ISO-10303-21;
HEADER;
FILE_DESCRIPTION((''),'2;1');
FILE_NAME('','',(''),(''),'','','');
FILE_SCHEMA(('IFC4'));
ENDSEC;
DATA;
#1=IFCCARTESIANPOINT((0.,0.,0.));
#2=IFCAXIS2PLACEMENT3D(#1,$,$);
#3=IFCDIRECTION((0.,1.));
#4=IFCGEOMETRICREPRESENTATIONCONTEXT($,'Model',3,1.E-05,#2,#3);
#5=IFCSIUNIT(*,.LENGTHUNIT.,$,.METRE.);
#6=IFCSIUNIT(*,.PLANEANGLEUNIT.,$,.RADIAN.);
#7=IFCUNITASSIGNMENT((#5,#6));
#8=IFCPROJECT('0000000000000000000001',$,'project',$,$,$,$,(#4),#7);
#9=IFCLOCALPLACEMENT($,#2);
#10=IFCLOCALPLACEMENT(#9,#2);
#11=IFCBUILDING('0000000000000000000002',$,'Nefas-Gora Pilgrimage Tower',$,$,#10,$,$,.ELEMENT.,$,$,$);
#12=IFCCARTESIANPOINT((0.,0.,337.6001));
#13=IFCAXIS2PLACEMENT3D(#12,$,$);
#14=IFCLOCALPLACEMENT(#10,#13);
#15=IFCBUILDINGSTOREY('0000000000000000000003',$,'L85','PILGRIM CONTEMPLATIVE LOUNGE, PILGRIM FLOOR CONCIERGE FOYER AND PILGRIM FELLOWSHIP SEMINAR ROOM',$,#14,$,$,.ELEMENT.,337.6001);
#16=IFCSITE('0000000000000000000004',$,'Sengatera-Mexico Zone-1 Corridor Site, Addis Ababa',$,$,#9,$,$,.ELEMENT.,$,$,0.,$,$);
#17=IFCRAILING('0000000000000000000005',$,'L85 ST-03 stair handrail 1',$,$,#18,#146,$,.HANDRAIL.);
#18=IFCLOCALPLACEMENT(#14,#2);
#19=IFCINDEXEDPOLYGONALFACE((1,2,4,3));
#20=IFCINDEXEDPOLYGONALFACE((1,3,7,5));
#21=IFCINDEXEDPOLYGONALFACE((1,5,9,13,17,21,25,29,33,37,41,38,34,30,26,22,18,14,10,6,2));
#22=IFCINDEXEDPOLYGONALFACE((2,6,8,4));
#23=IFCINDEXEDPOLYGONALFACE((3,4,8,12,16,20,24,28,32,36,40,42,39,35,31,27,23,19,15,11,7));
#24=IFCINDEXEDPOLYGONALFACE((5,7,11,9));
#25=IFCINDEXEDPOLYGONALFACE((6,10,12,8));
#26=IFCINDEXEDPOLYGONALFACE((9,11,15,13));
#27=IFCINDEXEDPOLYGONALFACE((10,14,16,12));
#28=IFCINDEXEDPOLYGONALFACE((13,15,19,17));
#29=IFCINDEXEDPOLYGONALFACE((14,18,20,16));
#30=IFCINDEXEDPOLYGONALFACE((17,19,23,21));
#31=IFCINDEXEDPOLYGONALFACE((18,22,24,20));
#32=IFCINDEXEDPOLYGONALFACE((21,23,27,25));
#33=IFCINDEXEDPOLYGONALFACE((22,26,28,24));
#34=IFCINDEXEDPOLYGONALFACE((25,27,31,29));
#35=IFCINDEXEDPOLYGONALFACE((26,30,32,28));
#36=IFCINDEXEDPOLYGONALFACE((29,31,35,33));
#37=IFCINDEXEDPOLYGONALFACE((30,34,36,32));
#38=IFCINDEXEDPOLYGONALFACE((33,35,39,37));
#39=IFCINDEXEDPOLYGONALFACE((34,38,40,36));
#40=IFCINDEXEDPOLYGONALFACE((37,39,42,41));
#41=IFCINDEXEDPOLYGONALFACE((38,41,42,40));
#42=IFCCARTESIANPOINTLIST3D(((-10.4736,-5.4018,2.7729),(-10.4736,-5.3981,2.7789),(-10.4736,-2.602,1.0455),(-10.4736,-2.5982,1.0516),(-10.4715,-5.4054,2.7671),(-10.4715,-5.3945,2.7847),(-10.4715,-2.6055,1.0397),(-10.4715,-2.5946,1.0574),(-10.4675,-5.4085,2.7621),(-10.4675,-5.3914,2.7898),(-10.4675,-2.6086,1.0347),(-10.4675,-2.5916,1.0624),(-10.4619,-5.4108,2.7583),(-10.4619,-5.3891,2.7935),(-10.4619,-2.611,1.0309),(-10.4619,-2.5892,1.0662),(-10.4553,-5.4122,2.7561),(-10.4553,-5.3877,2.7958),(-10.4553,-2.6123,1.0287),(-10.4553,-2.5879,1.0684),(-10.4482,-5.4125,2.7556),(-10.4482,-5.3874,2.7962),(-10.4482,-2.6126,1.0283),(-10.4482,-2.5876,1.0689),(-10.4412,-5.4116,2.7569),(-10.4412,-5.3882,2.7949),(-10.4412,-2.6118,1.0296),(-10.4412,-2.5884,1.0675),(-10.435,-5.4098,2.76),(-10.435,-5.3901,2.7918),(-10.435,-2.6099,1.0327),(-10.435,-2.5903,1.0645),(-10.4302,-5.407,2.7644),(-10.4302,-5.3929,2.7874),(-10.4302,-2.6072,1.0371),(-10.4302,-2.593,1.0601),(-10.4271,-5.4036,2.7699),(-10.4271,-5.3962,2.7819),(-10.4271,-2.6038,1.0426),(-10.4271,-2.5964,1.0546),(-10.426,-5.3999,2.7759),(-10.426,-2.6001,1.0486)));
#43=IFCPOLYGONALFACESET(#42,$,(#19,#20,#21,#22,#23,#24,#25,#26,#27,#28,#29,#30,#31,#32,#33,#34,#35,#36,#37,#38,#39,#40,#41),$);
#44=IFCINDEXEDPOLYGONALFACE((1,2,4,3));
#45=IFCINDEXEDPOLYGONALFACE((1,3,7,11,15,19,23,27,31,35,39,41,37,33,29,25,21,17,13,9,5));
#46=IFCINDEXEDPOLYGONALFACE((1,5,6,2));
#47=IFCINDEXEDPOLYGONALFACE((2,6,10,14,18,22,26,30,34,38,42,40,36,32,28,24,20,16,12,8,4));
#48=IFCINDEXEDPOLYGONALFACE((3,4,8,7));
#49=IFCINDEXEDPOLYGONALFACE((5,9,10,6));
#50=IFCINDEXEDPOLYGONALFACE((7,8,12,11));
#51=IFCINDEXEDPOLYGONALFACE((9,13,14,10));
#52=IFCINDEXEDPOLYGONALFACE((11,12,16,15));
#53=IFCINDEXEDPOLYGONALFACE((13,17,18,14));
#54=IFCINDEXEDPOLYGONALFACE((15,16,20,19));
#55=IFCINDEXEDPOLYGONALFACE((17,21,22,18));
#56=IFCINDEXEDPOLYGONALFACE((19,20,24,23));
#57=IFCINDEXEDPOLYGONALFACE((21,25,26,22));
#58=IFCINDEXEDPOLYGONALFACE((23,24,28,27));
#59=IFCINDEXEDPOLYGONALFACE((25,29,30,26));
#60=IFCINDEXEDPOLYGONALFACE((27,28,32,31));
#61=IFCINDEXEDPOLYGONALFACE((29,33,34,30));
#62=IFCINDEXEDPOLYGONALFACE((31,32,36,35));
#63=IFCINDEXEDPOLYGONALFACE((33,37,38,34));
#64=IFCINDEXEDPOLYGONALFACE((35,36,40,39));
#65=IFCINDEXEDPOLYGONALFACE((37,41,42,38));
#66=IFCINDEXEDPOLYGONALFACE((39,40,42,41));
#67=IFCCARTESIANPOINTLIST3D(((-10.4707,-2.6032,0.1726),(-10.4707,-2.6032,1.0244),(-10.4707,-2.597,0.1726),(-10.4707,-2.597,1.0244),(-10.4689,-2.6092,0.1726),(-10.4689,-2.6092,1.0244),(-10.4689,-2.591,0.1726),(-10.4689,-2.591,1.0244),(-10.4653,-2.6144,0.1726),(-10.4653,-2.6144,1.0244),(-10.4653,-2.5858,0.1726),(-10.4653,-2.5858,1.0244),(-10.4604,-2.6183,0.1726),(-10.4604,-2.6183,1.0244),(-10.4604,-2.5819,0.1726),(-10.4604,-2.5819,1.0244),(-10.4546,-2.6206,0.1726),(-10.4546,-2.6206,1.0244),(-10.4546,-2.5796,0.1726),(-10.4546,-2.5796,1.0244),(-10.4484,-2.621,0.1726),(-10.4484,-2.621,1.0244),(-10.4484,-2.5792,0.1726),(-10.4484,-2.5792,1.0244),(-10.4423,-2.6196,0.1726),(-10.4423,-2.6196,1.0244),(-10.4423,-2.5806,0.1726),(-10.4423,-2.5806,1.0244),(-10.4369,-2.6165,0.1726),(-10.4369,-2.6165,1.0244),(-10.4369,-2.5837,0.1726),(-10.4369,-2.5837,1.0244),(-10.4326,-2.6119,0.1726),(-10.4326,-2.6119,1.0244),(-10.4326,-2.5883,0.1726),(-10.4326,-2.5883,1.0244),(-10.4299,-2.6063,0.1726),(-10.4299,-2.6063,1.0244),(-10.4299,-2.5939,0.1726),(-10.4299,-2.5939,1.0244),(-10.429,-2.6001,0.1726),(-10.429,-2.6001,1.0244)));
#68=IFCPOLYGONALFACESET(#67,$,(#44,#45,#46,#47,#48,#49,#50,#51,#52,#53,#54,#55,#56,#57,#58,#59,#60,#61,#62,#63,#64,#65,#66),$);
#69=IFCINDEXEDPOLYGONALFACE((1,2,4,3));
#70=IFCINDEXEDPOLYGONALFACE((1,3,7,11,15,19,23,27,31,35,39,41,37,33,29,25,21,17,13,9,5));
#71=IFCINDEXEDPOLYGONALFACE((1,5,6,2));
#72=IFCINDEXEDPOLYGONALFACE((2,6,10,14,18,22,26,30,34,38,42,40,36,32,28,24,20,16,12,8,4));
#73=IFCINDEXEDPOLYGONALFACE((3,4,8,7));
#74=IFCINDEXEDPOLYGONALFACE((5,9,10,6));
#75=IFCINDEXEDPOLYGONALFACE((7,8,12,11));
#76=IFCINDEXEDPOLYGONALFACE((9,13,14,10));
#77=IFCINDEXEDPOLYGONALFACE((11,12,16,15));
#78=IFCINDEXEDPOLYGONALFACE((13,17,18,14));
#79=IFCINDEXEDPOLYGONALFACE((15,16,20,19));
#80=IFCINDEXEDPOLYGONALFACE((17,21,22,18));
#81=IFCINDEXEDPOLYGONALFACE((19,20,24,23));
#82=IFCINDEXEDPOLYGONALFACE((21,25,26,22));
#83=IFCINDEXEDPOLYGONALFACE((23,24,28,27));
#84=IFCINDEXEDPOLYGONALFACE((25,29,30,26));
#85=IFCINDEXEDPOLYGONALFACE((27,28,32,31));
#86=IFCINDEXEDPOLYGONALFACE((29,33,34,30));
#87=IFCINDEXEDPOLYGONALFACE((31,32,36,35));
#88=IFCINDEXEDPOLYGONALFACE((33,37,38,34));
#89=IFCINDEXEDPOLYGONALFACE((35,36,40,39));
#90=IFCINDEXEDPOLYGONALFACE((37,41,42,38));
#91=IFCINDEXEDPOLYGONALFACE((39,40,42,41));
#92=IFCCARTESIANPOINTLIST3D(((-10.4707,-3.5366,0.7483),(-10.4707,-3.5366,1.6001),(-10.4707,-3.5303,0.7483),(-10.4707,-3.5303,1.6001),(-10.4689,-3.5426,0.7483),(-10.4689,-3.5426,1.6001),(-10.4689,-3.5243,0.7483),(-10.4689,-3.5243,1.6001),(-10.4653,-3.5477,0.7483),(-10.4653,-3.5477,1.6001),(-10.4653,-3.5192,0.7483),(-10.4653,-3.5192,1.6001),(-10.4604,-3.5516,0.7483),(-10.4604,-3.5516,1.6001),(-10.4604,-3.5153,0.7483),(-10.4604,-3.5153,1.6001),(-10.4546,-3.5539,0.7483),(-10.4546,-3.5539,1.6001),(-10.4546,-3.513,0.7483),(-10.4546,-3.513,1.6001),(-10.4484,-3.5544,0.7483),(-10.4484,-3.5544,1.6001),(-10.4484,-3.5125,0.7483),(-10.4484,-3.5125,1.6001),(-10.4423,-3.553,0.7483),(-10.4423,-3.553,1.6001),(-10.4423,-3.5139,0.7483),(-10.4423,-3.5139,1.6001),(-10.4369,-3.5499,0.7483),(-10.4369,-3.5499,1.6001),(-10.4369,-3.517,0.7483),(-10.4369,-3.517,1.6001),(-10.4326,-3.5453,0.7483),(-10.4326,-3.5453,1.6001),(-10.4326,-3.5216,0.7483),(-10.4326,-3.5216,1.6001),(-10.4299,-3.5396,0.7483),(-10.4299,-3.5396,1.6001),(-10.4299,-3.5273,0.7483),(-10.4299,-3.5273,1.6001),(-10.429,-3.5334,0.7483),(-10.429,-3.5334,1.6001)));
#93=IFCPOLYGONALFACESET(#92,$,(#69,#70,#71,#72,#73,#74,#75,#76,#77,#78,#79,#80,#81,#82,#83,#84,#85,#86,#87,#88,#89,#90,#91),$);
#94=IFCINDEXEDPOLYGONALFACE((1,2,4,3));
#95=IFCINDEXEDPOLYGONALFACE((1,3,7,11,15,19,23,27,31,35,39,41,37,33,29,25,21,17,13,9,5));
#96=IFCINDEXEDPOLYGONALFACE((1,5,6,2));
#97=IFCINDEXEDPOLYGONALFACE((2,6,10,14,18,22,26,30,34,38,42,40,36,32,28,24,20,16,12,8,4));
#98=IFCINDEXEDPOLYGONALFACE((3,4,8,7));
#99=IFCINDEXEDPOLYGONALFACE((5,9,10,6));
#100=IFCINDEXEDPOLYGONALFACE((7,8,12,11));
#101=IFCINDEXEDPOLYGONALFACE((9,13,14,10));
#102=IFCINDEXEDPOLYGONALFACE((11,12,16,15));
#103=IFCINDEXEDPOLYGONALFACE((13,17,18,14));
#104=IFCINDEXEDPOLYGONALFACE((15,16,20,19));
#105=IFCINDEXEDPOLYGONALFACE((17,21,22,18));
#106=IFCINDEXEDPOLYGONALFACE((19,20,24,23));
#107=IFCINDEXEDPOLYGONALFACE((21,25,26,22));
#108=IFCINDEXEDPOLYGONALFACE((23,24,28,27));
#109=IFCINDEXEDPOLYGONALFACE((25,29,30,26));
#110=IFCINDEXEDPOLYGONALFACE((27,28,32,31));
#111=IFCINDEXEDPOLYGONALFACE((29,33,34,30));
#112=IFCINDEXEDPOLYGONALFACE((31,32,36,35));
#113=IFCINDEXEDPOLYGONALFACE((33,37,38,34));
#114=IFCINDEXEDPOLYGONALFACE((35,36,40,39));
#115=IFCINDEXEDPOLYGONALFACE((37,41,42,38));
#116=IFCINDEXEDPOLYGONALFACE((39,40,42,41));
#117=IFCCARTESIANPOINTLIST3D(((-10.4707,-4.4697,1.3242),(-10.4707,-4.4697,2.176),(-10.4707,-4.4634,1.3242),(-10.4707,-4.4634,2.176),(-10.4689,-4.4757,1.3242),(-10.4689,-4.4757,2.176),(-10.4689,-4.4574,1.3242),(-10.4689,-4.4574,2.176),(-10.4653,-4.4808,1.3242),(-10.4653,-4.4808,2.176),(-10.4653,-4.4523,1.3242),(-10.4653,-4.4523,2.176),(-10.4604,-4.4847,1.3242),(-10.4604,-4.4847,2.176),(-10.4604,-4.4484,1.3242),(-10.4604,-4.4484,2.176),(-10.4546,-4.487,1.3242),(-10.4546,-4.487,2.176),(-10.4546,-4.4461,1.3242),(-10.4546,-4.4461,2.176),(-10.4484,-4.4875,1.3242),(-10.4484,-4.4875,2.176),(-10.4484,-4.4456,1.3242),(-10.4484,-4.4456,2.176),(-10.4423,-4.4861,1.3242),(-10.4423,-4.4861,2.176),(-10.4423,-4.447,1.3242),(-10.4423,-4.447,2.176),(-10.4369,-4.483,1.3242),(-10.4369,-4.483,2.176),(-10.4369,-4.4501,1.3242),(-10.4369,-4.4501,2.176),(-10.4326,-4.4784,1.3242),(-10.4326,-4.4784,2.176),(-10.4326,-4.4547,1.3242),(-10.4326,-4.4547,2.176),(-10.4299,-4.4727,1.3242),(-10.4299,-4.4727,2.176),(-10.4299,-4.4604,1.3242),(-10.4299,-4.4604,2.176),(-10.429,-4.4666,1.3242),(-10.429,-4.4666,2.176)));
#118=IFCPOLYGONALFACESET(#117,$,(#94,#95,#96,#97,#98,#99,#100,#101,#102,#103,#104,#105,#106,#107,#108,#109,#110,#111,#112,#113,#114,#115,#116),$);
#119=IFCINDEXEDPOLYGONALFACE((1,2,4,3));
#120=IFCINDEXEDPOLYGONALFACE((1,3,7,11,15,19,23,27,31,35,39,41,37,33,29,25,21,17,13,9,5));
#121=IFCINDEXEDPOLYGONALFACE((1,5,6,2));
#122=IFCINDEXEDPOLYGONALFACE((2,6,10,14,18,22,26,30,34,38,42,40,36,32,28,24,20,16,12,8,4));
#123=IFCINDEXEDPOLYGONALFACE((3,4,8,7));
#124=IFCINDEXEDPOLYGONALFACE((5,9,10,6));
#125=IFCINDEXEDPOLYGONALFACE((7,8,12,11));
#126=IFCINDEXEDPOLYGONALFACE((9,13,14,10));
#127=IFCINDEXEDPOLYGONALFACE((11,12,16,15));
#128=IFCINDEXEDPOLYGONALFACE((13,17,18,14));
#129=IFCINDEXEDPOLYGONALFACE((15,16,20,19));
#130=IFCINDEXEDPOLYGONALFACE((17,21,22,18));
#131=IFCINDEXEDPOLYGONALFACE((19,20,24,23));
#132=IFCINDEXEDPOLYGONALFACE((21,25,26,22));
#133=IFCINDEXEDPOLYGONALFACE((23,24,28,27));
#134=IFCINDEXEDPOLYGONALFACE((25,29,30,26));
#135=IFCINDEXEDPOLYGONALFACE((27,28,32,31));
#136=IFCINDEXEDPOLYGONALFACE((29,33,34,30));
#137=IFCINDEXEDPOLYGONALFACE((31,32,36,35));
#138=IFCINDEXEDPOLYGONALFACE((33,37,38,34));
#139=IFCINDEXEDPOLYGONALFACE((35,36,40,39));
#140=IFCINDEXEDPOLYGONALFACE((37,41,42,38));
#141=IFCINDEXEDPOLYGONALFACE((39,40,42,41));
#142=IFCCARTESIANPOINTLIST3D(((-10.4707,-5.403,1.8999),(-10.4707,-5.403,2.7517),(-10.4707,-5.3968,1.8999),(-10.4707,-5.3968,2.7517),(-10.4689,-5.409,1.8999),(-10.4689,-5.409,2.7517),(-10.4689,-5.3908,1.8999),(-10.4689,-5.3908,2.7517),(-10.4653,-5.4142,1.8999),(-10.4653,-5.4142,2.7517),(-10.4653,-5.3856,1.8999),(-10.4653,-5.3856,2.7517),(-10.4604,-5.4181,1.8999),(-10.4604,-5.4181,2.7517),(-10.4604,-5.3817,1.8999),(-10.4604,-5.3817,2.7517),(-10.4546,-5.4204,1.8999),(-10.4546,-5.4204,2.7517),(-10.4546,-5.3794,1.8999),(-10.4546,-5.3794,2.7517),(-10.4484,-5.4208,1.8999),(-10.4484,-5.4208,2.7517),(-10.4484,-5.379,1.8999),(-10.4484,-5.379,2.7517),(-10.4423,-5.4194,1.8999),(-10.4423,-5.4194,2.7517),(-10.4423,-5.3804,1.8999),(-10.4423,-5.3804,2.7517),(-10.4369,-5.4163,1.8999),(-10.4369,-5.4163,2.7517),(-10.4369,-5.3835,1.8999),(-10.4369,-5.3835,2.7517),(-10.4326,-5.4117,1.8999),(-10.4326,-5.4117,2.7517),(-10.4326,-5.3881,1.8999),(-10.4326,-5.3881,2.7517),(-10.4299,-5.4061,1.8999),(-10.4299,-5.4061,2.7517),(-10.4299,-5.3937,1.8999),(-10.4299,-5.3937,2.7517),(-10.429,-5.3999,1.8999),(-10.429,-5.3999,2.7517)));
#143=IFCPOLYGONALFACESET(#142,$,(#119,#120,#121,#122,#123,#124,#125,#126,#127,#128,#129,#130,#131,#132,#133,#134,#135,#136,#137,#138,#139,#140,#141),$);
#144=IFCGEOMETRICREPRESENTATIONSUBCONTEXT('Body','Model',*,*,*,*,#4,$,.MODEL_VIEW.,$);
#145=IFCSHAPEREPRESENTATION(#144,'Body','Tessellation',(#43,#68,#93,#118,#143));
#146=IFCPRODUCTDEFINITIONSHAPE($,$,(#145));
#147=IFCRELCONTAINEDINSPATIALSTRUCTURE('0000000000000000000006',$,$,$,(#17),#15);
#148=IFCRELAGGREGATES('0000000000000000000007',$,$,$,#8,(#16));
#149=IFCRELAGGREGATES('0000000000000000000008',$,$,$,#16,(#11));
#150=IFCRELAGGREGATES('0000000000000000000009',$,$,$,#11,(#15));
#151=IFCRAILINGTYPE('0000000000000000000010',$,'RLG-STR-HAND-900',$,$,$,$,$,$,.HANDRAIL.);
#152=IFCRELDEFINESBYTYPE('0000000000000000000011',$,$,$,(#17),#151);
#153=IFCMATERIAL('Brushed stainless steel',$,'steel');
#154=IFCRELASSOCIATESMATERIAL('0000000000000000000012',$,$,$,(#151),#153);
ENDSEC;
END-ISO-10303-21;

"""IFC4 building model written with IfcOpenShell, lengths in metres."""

from ifc_helpers import new_model, si_unit, direction, frame, origin, origin_2d, place, context, subcontext, project, spatial, circle, extrude, material, type_object, element, save


model = new_model("IFC4")

# Units and contexts
model_context = context("Model", 3, precision=1e-05, world=origin(), true_north=direction((0.0, 1.0)))
body_context = subcontext(model_context, "Body", "Model", "MODEL_VIEW")
ifc_project = project(units=[si_unit("LENGTHUNIT", "METRE"), si_unit("PLANEANGLEUNIT", "RADIAN")], contexts=[model_context])

# Site, building, storey
site_placement = place(None, origin())
site = spatial("IfcSite", under=ifc_project, at=site_placement, Name="Sengatera-Mexico Zone-1 Corridor Site, Addis Ababa", CompositionType="ELEMENT", RefElevation=0.0)
building_placement = place(site_placement, origin())
building = spatial("IfcBuilding", under=site, at=building_placement, Name="Nefas-Gora Pilgrimage Tower", CompositionType="ELEMENT")
storey_placement = place(building_placement, frame((0.0, 0.0, 337.6001)))
storey = spatial("IfcBuildingStorey", under=building, at=storey_placement, Name="L85", Description="PILGRIM CONTEMPLATIVE LOUNGE, PILGRIM FLOOR CONCIERGE FOYER AND PILGRIM FELLOWSHIP SEMINAR ROOM", CompositionType="ELEMENT", Elevation=337.6001)

# Railing
ifc_material_1 = material(Name="Brushed stainless steel", Category="steel")
railing_type_1 = type_object("IfcRailingType", Name="RLG-STR-HAND-900", PredefinedType="HANDRAIL", material=ifc_material_1)
railing_1_placement = place(storey_placement, frame((-10.45, -2.6001, 0.1726)))
element("IfcRailing", 1, at=railing_1_placement, inside=storey, type_object=railing_type_1, Name="L85 ST-03 stair handrail 1", PredefinedType="HANDRAIL", context=body_context, shape_type="SweptSolid", body=[
    extrude(circle(Radius=0.0239, at=origin_2d()), frame((0.0, 0.0, 0.876), z_axis=(0.0, -0.851069, 0.525054), x_axis=(1.0, 0.0, 0.0)), (0.0, 0.0, 1.0), 3.2898),
    extrude(circle(Radius=0.021, at=origin_2d()), origin(), (0.0, 0.0, 1.0), 0.8518),
    extrude(circle(Radius=0.021, at=origin_2d()), frame((0.0, -0.9333, 0.5757)), (0.0, 0.0, 1.0), 0.8518),
    extrude(circle(Radius=0.021, at=origin_2d()), frame((0.0, -1.8665, 1.1516)), (0.0, 0.0, 1.0), 0.8518),
    extrude(circle(Radius=0.021, at=origin_2d()), frame((0.0, -2.7998, 1.7273)), (0.0, 0.0, 1.0), 0.8518),
])

save(model, "model.ifc")
